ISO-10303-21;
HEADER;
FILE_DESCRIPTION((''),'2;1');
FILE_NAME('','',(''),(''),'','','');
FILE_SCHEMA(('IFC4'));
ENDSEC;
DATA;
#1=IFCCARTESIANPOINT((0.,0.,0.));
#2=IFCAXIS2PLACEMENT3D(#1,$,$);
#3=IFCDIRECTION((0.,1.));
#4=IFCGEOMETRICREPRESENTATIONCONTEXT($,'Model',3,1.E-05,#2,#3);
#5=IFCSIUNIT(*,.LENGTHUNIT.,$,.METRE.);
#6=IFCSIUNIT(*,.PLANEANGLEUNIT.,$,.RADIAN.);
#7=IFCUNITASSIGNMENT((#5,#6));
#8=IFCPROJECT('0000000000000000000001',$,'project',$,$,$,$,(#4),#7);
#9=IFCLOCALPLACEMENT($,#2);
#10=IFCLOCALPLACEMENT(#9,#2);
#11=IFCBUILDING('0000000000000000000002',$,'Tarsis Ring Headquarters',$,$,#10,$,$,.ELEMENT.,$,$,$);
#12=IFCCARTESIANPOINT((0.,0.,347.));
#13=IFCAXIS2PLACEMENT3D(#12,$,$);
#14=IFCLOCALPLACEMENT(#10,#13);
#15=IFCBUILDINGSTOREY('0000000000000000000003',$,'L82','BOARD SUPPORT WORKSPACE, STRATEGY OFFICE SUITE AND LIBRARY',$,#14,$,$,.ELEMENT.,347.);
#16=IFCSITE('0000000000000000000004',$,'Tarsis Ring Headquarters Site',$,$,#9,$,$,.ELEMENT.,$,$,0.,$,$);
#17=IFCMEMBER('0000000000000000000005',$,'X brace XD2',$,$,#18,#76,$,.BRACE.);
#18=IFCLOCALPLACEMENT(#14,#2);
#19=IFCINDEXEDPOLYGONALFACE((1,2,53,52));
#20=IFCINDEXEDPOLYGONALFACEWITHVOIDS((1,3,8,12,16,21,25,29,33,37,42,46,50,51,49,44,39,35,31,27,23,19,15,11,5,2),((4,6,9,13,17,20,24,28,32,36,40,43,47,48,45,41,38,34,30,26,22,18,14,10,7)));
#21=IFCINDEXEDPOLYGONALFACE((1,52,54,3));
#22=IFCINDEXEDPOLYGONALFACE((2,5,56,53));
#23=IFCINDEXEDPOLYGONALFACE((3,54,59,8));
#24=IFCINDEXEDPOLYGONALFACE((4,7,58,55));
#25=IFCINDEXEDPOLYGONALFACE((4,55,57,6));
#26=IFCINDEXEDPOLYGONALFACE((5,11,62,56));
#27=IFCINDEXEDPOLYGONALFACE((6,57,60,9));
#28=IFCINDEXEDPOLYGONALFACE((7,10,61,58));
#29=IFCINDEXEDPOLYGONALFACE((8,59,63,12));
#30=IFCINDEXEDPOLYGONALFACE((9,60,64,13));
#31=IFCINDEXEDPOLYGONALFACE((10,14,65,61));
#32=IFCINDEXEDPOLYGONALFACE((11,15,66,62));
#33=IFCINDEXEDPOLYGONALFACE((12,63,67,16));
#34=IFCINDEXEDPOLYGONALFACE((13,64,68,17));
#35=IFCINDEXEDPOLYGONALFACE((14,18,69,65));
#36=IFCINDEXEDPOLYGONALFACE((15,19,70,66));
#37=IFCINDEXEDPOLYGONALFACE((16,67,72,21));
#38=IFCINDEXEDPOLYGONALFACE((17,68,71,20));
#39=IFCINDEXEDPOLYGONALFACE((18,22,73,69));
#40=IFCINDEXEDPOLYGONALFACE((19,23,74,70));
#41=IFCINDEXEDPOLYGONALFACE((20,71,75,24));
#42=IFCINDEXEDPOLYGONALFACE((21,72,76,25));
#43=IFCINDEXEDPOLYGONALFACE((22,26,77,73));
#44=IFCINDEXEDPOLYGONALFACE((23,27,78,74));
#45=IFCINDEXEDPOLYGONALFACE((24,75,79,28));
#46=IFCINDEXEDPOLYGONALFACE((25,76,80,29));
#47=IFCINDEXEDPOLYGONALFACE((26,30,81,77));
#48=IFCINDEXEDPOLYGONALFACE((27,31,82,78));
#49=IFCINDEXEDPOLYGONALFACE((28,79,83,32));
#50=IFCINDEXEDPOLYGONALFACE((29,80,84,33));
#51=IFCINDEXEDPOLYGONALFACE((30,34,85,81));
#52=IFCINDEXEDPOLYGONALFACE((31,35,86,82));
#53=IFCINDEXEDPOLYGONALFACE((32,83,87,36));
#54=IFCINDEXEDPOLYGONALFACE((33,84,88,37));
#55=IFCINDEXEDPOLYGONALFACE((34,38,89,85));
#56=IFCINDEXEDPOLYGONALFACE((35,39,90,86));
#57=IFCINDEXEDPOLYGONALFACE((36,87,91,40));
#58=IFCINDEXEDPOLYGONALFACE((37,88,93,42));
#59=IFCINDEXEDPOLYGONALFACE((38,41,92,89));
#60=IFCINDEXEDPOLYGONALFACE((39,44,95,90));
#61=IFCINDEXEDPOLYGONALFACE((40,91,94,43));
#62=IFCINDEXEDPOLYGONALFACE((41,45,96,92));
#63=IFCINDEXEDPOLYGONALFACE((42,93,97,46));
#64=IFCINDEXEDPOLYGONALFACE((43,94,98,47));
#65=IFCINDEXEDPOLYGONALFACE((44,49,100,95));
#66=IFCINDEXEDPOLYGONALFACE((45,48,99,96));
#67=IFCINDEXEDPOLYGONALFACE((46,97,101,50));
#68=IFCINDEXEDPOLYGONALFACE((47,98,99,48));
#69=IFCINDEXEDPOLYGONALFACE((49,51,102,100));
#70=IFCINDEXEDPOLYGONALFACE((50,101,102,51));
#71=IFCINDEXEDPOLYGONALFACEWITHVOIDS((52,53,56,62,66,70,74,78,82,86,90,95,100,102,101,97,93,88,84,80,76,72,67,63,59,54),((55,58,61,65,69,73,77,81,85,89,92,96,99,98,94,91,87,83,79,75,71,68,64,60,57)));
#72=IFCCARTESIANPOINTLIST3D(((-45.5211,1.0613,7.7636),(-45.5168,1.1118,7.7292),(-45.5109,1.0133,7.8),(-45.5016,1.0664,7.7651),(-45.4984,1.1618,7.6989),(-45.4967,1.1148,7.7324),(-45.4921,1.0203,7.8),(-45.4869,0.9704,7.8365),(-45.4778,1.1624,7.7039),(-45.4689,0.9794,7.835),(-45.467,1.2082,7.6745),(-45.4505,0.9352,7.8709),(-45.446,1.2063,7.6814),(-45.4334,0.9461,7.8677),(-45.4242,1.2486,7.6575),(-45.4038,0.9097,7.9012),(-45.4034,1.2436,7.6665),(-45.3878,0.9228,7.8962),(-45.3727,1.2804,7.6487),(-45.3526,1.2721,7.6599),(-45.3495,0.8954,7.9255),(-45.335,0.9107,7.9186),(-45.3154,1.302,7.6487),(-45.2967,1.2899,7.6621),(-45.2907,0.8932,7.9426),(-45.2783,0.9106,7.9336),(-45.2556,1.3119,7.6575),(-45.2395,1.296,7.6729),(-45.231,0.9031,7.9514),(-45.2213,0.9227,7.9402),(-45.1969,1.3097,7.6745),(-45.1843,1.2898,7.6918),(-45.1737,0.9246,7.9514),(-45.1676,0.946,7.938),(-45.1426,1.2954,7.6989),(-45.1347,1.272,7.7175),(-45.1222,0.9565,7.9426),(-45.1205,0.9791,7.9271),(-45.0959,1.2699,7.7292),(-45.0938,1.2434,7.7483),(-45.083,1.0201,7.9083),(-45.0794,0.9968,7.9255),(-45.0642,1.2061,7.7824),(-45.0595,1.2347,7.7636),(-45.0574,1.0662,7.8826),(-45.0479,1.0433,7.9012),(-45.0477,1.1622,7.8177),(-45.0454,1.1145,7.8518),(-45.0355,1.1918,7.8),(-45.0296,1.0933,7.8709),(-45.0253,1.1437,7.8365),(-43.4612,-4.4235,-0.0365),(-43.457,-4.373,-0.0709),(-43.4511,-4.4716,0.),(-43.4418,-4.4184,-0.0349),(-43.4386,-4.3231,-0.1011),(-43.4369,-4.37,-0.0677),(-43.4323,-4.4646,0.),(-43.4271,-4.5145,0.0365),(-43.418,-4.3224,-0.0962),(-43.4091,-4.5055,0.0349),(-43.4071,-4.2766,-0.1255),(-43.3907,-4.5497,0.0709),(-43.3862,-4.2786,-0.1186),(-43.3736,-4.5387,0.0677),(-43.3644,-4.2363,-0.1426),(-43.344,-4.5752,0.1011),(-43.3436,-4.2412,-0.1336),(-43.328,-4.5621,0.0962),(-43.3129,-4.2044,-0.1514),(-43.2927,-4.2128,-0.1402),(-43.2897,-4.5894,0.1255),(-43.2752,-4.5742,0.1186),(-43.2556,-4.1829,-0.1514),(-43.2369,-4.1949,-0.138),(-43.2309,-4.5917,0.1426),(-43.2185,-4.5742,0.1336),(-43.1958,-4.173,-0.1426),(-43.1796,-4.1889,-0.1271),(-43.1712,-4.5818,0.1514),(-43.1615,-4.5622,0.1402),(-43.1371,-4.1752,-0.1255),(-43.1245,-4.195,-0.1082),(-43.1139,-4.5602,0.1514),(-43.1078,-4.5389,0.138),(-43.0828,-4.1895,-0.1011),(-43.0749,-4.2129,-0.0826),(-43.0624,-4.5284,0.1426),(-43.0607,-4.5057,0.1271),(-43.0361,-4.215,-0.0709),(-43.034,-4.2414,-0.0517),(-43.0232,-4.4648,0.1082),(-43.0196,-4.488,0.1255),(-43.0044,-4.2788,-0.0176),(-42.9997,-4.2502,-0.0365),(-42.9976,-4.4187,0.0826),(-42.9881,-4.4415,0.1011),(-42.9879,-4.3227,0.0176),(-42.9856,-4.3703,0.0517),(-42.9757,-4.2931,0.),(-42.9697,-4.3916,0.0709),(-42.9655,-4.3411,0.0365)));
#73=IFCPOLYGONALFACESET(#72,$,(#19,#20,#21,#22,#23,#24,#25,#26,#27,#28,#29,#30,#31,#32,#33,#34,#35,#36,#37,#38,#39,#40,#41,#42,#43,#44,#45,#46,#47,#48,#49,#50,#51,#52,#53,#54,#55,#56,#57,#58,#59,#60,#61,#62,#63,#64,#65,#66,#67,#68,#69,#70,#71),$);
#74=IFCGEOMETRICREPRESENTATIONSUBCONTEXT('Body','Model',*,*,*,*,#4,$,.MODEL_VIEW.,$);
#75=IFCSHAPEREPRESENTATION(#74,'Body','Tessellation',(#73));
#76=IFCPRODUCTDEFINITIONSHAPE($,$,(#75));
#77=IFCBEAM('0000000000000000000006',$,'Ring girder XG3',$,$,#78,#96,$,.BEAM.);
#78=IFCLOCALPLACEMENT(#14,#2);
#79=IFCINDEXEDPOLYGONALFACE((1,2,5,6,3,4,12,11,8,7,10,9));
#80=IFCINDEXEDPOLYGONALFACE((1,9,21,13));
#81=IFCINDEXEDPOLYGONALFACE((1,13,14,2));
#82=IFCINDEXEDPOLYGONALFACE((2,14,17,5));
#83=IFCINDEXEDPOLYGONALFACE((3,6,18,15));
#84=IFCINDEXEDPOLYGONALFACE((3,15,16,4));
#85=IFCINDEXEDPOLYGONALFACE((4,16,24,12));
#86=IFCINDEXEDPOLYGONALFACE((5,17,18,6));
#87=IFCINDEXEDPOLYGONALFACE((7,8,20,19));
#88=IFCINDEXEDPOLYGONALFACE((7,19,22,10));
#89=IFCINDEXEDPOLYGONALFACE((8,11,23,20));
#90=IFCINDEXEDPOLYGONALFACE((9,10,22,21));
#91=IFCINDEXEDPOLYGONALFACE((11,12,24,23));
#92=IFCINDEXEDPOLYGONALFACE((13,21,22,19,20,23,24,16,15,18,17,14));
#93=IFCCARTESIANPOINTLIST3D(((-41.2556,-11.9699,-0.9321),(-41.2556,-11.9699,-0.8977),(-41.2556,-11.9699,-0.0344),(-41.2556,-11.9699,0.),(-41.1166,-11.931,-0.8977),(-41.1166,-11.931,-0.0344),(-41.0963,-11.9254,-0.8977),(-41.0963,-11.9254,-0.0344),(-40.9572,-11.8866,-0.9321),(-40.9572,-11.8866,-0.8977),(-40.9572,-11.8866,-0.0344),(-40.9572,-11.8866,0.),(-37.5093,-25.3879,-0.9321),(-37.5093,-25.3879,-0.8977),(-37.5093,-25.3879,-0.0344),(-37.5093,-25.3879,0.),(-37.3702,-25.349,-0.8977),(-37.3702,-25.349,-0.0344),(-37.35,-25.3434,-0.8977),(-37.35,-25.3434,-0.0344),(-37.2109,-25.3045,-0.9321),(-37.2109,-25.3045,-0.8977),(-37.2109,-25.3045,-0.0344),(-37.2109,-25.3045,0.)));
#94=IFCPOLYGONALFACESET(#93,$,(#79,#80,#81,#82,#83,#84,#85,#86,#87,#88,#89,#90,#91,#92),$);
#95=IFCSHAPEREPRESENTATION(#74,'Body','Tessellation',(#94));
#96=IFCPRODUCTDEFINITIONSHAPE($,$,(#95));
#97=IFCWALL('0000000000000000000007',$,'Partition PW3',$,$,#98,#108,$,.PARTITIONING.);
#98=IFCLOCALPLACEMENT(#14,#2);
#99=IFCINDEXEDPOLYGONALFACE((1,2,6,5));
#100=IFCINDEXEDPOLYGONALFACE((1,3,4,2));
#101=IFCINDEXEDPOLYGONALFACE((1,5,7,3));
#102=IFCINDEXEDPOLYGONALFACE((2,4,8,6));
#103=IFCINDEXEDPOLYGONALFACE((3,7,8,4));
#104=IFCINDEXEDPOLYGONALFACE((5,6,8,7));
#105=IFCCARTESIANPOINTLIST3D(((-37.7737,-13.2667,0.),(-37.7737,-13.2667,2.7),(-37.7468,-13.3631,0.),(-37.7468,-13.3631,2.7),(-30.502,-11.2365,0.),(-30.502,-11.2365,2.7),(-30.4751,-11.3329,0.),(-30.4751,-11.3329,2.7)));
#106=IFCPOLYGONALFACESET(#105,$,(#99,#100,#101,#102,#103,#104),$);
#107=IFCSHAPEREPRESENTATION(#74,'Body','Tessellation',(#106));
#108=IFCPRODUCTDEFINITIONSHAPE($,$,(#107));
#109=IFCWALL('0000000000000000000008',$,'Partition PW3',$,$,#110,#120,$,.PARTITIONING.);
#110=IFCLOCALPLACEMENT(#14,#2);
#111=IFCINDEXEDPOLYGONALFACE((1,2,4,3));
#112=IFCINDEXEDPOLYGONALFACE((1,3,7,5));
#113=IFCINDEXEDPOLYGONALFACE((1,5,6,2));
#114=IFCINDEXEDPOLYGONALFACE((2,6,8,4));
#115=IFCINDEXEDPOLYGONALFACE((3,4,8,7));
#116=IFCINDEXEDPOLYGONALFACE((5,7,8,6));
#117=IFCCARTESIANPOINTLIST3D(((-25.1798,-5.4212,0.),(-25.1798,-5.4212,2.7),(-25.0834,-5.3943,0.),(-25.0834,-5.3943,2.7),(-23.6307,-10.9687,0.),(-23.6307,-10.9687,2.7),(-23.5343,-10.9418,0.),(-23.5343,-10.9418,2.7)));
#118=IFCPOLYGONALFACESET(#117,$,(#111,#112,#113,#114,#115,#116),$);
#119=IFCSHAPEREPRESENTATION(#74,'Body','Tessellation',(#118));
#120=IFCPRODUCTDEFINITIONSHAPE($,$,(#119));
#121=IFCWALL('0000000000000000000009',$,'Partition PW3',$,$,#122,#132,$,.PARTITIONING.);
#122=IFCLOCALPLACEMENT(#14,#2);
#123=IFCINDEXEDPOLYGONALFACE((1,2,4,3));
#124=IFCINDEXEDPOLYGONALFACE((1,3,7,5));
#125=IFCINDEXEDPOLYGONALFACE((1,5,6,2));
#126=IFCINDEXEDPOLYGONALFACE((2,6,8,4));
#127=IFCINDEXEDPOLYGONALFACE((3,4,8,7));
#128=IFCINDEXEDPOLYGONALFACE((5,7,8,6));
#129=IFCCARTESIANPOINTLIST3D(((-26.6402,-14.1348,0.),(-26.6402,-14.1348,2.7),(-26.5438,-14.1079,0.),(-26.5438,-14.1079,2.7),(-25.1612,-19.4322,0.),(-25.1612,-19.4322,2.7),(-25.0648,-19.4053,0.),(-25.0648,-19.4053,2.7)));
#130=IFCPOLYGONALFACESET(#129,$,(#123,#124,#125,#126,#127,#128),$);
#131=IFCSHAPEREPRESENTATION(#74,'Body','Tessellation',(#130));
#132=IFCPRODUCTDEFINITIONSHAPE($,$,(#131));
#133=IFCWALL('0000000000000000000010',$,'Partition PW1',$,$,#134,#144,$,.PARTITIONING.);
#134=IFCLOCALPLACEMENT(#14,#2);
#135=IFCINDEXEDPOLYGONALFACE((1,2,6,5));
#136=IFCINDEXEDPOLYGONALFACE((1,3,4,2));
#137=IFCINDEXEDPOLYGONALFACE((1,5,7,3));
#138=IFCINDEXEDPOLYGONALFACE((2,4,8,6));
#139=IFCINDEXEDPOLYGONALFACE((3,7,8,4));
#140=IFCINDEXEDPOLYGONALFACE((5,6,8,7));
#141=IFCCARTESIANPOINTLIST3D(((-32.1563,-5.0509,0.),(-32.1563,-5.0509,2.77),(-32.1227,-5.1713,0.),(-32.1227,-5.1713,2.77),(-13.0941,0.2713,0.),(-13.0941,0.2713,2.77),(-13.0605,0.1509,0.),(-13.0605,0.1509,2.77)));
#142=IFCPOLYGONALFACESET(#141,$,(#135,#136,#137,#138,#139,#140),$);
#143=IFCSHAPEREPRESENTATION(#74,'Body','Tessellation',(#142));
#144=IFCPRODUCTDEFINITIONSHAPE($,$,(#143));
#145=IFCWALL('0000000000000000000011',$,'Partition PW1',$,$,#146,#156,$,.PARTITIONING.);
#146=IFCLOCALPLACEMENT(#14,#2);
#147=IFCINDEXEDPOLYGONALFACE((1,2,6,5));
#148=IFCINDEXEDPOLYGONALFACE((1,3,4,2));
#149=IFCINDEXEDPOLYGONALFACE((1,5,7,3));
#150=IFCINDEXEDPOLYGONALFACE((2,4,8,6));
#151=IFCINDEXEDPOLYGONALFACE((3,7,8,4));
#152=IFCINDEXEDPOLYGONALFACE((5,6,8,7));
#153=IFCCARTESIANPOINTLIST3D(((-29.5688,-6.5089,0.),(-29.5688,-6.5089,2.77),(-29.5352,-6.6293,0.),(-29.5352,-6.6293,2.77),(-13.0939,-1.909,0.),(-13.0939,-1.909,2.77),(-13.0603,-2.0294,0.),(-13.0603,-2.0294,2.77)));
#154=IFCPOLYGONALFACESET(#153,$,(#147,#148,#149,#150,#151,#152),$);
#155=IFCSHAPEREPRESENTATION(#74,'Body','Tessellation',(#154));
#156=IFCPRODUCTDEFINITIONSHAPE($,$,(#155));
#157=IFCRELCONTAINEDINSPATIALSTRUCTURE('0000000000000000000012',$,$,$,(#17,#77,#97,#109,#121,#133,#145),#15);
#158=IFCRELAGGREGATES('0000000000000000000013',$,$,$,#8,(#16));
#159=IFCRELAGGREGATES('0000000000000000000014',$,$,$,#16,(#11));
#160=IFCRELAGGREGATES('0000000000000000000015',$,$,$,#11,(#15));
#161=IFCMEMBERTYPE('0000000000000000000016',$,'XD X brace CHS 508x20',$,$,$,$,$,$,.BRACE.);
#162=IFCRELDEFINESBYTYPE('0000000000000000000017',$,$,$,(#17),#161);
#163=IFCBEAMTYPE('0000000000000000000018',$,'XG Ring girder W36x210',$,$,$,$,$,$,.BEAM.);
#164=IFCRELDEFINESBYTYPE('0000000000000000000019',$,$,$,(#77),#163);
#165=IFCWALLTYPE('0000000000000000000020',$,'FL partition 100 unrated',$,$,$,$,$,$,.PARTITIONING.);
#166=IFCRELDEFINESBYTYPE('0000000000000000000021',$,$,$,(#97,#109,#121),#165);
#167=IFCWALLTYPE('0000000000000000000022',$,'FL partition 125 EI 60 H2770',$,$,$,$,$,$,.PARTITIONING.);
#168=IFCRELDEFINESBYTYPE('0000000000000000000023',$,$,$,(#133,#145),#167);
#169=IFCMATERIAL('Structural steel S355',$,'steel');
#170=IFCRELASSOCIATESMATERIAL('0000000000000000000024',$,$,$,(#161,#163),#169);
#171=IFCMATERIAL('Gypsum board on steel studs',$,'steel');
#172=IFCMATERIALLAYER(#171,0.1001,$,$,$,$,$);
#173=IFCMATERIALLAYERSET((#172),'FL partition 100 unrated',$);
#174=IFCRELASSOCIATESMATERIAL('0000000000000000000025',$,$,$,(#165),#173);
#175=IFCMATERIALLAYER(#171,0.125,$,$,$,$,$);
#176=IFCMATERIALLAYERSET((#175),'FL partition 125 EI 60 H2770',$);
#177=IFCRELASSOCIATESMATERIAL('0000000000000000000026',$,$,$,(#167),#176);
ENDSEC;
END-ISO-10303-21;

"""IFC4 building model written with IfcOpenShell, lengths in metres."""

from ifc_helpers import new_model, si_unit, direction, frame, frame_2d, origin, origin_2d, place, context, subcontext, project, spatial, rectangle, hollow_circle, i_section, extrude, material, layer, layer_set, material_profile, profile_set, type_object, element, save


model = new_model("IFC4")

# Units and contexts
model_context = context("Model", 3, precision=1e-05, world=origin(), true_north=direction((0.0, 1.0)))
body_context = subcontext(model_context, "Body", "Model", "MODEL_VIEW")
ifc_project = project(units=[si_unit("LENGTHUNIT", "METRE"), si_unit("PLANEANGLEUNIT", "RADIAN")], contexts=[model_context])

# Site, building, storey
site_placement = place(None, origin())
site = spatial("IfcSite", under=ifc_project, at=site_placement, Name="Tarsis Ring Headquarters Site", CompositionType="ELEMENT", RefElevation=0.0)
building_placement = place(site_placement, origin())
building = spatial("IfcBuilding", under=site, at=building_placement, Name="Tarsis Ring Headquarters", CompositionType="ELEMENT")
storey_placement = place(building_placement, frame((0.0, 0.0, 347.0)))
storey = spatial("IfcBuildingStorey", under=building, at=storey_placement, Name="L82", Description="BOARD SUPPORT WORKSPACE, STRATEGY OFFICE SUITE AND LIBRARY", CompositionType="ELEMENT", Elevation=347.0)

# Shared definitions
ifc_material_1 = material(Name="Structural steel S355", Category="steel")

# Member
ifc_material_profile_1 = material_profile(ifc_material_1, hollow_circle(Radius=0.2539, WallThickness=0.02, at=origin_2d()), Name="CHS 508x20")
ifc_profile_set_1 = profile_set([ifc_material_profile_1], Name="Structural steel S355")
member_type = type_object("IfcMemberType", Name="XD X brace CHS 508x20", PredefinedType="BRACE", material=ifc_profile_set_1)
member_1_placement = place(storey_placement, frame((-43.2134, -4.3823, 0.0), z_axis=(-0.211147, 0.56224, 0.799564), x_axis=(-0.936161, -0.351571, 0.0)))
element("IfcMember", 1, at=member_1_placement, inside=storey, type_object=member_type, Name="X brace XD2", PredefinedType="BRACE", context=body_context, shape_type="SweptSolid", body=[
    extrude(hollow_circle(Radius=0.2539, WallThickness=0.02, at=origin_2d()), origin(), (0.0, 0.0, 1.0), 9.7554),
])

# Beam
ifc_material_profile_2 = material_profile(ifc_material_1, i_section(OverallWidth=0.3098, OverallDepth=0.9321, WebThickness=0.021, FlangeThickness=0.0344, at=origin_2d()), Name="W36x210")
ifc_profile_set_2 = profile_set([ifc_material_profile_2], Name="Structural steel S355")
beam_type = type_object("IfcBeamType", Name="XG Ring girder W36x210", PredefinedType="BEAM", material=ifc_profile_set_2)
beam_placement = place(storey_placement, frame((-41.1064, -11.9282, -0.4661), z_axis=(0.268918, -0.963163, 0.0), x_axis=(0.963163, 0.268918, 0.0)))
element("IfcBeam", 2, at=beam_placement, inside=storey, type_object=beam_type, Name="Ring girder XG3", PredefinedType="BEAM", context=body_context, shape_type="SweptSolid", body=[
    extrude(i_section(OverallWidth=0.3098, OverallDepth=0.9321, WebThickness=0.021, FlangeThickness=0.0344, at=origin_2d()), origin(), (0.0, 0.0, 1.0), 13.9312),
])

# Walls
ifc_material_2 = material(Name="Gypsum board on steel studs", Category="steel")
ifc_layer_1 = layer(ifc_material_2, 0.1001)
ifc_layer_set_1 = layer_set([ifc_layer_1], Name="FL partition 100 unrated")
wall_type_1 = type_object("IfcWallType", Name="FL partition 100 unrated", PredefinedType="PARTITIONING", material=ifc_layer_set_1)
wall_1_placement = place(storey_placement, frame((-37.7603, -13.3149, 0.0), z_axis=(0.0, 0.0, 1.0), x_axis=(0.963164, 0.268916, 0.0)))
element("IfcWall", 3, at=wall_1_placement, inside=storey, type_object=wall_type_1, Name="Partition PW3", PredefinedType="PARTITIONING", context=body_context, shape_type="SweptSolid", body=[
    extrude(rectangle(XDim=7.5498, YDim=0.1001, at=frame_2d((3.7749, 0.0))), origin(), (0.0, 0.0, 1.0), 2.7),
])
wall_2_placement = place(storey_placement, frame((-25.1316, -5.4077, 0.0), z_axis=(0.0, 0.0, 1.0), x_axis=(0.268944, -0.963156, 0.0)))
element("IfcWall", 4, at=wall_2_placement, inside=storey, type_object=wall_type_1, Name="Partition PW3", PredefinedType="PARTITIONING", context=body_context, shape_type="SweptSolid", body=[
    extrude(rectangle(XDim=5.7598, YDim=0.1001, at=frame_2d((2.8799, 0.0))), origin(), (0.0, 0.0, 1.0), 2.7),
])
wall_3_placement = place(storey_placement, frame((-26.592, -14.1213, 0.0), z_axis=(0.0, 0.0, 1.0), x_axis=(0.268912, -0.963165, 0.0)))
element("IfcWall", 5, at=wall_3_placement, inside=storey, type_object=wall_type_1, Name="Partition PW3", PredefinedType="PARTITIONING", context=body_context, shape_type="SweptSolid", body=[
    extrude(rectangle(XDim=5.5, YDim=0.1001, at=frame_2d((2.75, 0.0))), origin(), (0.0, 0.0, 1.0), 2.7),
])
ifc_layer_2 = layer(ifc_material_2, 0.125)
ifc_layer_set_2 = layer_set([ifc_layer_2], Name="FL partition 125 EI 60 H2770")
wall_type_2 = type_object("IfcWallType", Name="FL partition 125 EI 60 H2770", PredefinedType="PARTITIONING", material=ifc_layer_set_2)
wall_4_placement = place(storey_placement, frame((-32.1394, -5.1111, 0.0), z_axis=(0.0, 0.0, 1.0), x_axis=(0.963163, 0.268919, 0.0)))
element("IfcWall", 6, at=wall_4_placement, inside=storey, type_object=wall_type_2, Name="Partition PW1", PredefinedType="PARTITIONING", context=body_context, shape_type="SweptSolid", body=[
    extrude(rectangle(XDim=19.7913, YDim=0.125, at=frame_2d((9.8955, 0.0))), origin(), (0.0, 0.0, 1.0), 2.77),
])
wall_5_placement = place(storey_placement, frame((-29.552, -6.5691, 0.0), z_axis=(0.0, 0.0, 1.0), x_axis=(0.963163, 0.268919, 0.0)))
element("IfcWall", 7, at=wall_5_placement, inside=storey, type_object=wall_type_2, Name="Partition PW1", PredefinedType="PARTITIONING", context=body_context, shape_type="SweptSolid", body=[
    extrude(rectangle(XDim=17.105, YDim=0.125, at=frame_2d((8.5525, 0.0))), origin(), (0.0, 0.0, 1.0), 2.77),
])

save(model, "model.ifc")
